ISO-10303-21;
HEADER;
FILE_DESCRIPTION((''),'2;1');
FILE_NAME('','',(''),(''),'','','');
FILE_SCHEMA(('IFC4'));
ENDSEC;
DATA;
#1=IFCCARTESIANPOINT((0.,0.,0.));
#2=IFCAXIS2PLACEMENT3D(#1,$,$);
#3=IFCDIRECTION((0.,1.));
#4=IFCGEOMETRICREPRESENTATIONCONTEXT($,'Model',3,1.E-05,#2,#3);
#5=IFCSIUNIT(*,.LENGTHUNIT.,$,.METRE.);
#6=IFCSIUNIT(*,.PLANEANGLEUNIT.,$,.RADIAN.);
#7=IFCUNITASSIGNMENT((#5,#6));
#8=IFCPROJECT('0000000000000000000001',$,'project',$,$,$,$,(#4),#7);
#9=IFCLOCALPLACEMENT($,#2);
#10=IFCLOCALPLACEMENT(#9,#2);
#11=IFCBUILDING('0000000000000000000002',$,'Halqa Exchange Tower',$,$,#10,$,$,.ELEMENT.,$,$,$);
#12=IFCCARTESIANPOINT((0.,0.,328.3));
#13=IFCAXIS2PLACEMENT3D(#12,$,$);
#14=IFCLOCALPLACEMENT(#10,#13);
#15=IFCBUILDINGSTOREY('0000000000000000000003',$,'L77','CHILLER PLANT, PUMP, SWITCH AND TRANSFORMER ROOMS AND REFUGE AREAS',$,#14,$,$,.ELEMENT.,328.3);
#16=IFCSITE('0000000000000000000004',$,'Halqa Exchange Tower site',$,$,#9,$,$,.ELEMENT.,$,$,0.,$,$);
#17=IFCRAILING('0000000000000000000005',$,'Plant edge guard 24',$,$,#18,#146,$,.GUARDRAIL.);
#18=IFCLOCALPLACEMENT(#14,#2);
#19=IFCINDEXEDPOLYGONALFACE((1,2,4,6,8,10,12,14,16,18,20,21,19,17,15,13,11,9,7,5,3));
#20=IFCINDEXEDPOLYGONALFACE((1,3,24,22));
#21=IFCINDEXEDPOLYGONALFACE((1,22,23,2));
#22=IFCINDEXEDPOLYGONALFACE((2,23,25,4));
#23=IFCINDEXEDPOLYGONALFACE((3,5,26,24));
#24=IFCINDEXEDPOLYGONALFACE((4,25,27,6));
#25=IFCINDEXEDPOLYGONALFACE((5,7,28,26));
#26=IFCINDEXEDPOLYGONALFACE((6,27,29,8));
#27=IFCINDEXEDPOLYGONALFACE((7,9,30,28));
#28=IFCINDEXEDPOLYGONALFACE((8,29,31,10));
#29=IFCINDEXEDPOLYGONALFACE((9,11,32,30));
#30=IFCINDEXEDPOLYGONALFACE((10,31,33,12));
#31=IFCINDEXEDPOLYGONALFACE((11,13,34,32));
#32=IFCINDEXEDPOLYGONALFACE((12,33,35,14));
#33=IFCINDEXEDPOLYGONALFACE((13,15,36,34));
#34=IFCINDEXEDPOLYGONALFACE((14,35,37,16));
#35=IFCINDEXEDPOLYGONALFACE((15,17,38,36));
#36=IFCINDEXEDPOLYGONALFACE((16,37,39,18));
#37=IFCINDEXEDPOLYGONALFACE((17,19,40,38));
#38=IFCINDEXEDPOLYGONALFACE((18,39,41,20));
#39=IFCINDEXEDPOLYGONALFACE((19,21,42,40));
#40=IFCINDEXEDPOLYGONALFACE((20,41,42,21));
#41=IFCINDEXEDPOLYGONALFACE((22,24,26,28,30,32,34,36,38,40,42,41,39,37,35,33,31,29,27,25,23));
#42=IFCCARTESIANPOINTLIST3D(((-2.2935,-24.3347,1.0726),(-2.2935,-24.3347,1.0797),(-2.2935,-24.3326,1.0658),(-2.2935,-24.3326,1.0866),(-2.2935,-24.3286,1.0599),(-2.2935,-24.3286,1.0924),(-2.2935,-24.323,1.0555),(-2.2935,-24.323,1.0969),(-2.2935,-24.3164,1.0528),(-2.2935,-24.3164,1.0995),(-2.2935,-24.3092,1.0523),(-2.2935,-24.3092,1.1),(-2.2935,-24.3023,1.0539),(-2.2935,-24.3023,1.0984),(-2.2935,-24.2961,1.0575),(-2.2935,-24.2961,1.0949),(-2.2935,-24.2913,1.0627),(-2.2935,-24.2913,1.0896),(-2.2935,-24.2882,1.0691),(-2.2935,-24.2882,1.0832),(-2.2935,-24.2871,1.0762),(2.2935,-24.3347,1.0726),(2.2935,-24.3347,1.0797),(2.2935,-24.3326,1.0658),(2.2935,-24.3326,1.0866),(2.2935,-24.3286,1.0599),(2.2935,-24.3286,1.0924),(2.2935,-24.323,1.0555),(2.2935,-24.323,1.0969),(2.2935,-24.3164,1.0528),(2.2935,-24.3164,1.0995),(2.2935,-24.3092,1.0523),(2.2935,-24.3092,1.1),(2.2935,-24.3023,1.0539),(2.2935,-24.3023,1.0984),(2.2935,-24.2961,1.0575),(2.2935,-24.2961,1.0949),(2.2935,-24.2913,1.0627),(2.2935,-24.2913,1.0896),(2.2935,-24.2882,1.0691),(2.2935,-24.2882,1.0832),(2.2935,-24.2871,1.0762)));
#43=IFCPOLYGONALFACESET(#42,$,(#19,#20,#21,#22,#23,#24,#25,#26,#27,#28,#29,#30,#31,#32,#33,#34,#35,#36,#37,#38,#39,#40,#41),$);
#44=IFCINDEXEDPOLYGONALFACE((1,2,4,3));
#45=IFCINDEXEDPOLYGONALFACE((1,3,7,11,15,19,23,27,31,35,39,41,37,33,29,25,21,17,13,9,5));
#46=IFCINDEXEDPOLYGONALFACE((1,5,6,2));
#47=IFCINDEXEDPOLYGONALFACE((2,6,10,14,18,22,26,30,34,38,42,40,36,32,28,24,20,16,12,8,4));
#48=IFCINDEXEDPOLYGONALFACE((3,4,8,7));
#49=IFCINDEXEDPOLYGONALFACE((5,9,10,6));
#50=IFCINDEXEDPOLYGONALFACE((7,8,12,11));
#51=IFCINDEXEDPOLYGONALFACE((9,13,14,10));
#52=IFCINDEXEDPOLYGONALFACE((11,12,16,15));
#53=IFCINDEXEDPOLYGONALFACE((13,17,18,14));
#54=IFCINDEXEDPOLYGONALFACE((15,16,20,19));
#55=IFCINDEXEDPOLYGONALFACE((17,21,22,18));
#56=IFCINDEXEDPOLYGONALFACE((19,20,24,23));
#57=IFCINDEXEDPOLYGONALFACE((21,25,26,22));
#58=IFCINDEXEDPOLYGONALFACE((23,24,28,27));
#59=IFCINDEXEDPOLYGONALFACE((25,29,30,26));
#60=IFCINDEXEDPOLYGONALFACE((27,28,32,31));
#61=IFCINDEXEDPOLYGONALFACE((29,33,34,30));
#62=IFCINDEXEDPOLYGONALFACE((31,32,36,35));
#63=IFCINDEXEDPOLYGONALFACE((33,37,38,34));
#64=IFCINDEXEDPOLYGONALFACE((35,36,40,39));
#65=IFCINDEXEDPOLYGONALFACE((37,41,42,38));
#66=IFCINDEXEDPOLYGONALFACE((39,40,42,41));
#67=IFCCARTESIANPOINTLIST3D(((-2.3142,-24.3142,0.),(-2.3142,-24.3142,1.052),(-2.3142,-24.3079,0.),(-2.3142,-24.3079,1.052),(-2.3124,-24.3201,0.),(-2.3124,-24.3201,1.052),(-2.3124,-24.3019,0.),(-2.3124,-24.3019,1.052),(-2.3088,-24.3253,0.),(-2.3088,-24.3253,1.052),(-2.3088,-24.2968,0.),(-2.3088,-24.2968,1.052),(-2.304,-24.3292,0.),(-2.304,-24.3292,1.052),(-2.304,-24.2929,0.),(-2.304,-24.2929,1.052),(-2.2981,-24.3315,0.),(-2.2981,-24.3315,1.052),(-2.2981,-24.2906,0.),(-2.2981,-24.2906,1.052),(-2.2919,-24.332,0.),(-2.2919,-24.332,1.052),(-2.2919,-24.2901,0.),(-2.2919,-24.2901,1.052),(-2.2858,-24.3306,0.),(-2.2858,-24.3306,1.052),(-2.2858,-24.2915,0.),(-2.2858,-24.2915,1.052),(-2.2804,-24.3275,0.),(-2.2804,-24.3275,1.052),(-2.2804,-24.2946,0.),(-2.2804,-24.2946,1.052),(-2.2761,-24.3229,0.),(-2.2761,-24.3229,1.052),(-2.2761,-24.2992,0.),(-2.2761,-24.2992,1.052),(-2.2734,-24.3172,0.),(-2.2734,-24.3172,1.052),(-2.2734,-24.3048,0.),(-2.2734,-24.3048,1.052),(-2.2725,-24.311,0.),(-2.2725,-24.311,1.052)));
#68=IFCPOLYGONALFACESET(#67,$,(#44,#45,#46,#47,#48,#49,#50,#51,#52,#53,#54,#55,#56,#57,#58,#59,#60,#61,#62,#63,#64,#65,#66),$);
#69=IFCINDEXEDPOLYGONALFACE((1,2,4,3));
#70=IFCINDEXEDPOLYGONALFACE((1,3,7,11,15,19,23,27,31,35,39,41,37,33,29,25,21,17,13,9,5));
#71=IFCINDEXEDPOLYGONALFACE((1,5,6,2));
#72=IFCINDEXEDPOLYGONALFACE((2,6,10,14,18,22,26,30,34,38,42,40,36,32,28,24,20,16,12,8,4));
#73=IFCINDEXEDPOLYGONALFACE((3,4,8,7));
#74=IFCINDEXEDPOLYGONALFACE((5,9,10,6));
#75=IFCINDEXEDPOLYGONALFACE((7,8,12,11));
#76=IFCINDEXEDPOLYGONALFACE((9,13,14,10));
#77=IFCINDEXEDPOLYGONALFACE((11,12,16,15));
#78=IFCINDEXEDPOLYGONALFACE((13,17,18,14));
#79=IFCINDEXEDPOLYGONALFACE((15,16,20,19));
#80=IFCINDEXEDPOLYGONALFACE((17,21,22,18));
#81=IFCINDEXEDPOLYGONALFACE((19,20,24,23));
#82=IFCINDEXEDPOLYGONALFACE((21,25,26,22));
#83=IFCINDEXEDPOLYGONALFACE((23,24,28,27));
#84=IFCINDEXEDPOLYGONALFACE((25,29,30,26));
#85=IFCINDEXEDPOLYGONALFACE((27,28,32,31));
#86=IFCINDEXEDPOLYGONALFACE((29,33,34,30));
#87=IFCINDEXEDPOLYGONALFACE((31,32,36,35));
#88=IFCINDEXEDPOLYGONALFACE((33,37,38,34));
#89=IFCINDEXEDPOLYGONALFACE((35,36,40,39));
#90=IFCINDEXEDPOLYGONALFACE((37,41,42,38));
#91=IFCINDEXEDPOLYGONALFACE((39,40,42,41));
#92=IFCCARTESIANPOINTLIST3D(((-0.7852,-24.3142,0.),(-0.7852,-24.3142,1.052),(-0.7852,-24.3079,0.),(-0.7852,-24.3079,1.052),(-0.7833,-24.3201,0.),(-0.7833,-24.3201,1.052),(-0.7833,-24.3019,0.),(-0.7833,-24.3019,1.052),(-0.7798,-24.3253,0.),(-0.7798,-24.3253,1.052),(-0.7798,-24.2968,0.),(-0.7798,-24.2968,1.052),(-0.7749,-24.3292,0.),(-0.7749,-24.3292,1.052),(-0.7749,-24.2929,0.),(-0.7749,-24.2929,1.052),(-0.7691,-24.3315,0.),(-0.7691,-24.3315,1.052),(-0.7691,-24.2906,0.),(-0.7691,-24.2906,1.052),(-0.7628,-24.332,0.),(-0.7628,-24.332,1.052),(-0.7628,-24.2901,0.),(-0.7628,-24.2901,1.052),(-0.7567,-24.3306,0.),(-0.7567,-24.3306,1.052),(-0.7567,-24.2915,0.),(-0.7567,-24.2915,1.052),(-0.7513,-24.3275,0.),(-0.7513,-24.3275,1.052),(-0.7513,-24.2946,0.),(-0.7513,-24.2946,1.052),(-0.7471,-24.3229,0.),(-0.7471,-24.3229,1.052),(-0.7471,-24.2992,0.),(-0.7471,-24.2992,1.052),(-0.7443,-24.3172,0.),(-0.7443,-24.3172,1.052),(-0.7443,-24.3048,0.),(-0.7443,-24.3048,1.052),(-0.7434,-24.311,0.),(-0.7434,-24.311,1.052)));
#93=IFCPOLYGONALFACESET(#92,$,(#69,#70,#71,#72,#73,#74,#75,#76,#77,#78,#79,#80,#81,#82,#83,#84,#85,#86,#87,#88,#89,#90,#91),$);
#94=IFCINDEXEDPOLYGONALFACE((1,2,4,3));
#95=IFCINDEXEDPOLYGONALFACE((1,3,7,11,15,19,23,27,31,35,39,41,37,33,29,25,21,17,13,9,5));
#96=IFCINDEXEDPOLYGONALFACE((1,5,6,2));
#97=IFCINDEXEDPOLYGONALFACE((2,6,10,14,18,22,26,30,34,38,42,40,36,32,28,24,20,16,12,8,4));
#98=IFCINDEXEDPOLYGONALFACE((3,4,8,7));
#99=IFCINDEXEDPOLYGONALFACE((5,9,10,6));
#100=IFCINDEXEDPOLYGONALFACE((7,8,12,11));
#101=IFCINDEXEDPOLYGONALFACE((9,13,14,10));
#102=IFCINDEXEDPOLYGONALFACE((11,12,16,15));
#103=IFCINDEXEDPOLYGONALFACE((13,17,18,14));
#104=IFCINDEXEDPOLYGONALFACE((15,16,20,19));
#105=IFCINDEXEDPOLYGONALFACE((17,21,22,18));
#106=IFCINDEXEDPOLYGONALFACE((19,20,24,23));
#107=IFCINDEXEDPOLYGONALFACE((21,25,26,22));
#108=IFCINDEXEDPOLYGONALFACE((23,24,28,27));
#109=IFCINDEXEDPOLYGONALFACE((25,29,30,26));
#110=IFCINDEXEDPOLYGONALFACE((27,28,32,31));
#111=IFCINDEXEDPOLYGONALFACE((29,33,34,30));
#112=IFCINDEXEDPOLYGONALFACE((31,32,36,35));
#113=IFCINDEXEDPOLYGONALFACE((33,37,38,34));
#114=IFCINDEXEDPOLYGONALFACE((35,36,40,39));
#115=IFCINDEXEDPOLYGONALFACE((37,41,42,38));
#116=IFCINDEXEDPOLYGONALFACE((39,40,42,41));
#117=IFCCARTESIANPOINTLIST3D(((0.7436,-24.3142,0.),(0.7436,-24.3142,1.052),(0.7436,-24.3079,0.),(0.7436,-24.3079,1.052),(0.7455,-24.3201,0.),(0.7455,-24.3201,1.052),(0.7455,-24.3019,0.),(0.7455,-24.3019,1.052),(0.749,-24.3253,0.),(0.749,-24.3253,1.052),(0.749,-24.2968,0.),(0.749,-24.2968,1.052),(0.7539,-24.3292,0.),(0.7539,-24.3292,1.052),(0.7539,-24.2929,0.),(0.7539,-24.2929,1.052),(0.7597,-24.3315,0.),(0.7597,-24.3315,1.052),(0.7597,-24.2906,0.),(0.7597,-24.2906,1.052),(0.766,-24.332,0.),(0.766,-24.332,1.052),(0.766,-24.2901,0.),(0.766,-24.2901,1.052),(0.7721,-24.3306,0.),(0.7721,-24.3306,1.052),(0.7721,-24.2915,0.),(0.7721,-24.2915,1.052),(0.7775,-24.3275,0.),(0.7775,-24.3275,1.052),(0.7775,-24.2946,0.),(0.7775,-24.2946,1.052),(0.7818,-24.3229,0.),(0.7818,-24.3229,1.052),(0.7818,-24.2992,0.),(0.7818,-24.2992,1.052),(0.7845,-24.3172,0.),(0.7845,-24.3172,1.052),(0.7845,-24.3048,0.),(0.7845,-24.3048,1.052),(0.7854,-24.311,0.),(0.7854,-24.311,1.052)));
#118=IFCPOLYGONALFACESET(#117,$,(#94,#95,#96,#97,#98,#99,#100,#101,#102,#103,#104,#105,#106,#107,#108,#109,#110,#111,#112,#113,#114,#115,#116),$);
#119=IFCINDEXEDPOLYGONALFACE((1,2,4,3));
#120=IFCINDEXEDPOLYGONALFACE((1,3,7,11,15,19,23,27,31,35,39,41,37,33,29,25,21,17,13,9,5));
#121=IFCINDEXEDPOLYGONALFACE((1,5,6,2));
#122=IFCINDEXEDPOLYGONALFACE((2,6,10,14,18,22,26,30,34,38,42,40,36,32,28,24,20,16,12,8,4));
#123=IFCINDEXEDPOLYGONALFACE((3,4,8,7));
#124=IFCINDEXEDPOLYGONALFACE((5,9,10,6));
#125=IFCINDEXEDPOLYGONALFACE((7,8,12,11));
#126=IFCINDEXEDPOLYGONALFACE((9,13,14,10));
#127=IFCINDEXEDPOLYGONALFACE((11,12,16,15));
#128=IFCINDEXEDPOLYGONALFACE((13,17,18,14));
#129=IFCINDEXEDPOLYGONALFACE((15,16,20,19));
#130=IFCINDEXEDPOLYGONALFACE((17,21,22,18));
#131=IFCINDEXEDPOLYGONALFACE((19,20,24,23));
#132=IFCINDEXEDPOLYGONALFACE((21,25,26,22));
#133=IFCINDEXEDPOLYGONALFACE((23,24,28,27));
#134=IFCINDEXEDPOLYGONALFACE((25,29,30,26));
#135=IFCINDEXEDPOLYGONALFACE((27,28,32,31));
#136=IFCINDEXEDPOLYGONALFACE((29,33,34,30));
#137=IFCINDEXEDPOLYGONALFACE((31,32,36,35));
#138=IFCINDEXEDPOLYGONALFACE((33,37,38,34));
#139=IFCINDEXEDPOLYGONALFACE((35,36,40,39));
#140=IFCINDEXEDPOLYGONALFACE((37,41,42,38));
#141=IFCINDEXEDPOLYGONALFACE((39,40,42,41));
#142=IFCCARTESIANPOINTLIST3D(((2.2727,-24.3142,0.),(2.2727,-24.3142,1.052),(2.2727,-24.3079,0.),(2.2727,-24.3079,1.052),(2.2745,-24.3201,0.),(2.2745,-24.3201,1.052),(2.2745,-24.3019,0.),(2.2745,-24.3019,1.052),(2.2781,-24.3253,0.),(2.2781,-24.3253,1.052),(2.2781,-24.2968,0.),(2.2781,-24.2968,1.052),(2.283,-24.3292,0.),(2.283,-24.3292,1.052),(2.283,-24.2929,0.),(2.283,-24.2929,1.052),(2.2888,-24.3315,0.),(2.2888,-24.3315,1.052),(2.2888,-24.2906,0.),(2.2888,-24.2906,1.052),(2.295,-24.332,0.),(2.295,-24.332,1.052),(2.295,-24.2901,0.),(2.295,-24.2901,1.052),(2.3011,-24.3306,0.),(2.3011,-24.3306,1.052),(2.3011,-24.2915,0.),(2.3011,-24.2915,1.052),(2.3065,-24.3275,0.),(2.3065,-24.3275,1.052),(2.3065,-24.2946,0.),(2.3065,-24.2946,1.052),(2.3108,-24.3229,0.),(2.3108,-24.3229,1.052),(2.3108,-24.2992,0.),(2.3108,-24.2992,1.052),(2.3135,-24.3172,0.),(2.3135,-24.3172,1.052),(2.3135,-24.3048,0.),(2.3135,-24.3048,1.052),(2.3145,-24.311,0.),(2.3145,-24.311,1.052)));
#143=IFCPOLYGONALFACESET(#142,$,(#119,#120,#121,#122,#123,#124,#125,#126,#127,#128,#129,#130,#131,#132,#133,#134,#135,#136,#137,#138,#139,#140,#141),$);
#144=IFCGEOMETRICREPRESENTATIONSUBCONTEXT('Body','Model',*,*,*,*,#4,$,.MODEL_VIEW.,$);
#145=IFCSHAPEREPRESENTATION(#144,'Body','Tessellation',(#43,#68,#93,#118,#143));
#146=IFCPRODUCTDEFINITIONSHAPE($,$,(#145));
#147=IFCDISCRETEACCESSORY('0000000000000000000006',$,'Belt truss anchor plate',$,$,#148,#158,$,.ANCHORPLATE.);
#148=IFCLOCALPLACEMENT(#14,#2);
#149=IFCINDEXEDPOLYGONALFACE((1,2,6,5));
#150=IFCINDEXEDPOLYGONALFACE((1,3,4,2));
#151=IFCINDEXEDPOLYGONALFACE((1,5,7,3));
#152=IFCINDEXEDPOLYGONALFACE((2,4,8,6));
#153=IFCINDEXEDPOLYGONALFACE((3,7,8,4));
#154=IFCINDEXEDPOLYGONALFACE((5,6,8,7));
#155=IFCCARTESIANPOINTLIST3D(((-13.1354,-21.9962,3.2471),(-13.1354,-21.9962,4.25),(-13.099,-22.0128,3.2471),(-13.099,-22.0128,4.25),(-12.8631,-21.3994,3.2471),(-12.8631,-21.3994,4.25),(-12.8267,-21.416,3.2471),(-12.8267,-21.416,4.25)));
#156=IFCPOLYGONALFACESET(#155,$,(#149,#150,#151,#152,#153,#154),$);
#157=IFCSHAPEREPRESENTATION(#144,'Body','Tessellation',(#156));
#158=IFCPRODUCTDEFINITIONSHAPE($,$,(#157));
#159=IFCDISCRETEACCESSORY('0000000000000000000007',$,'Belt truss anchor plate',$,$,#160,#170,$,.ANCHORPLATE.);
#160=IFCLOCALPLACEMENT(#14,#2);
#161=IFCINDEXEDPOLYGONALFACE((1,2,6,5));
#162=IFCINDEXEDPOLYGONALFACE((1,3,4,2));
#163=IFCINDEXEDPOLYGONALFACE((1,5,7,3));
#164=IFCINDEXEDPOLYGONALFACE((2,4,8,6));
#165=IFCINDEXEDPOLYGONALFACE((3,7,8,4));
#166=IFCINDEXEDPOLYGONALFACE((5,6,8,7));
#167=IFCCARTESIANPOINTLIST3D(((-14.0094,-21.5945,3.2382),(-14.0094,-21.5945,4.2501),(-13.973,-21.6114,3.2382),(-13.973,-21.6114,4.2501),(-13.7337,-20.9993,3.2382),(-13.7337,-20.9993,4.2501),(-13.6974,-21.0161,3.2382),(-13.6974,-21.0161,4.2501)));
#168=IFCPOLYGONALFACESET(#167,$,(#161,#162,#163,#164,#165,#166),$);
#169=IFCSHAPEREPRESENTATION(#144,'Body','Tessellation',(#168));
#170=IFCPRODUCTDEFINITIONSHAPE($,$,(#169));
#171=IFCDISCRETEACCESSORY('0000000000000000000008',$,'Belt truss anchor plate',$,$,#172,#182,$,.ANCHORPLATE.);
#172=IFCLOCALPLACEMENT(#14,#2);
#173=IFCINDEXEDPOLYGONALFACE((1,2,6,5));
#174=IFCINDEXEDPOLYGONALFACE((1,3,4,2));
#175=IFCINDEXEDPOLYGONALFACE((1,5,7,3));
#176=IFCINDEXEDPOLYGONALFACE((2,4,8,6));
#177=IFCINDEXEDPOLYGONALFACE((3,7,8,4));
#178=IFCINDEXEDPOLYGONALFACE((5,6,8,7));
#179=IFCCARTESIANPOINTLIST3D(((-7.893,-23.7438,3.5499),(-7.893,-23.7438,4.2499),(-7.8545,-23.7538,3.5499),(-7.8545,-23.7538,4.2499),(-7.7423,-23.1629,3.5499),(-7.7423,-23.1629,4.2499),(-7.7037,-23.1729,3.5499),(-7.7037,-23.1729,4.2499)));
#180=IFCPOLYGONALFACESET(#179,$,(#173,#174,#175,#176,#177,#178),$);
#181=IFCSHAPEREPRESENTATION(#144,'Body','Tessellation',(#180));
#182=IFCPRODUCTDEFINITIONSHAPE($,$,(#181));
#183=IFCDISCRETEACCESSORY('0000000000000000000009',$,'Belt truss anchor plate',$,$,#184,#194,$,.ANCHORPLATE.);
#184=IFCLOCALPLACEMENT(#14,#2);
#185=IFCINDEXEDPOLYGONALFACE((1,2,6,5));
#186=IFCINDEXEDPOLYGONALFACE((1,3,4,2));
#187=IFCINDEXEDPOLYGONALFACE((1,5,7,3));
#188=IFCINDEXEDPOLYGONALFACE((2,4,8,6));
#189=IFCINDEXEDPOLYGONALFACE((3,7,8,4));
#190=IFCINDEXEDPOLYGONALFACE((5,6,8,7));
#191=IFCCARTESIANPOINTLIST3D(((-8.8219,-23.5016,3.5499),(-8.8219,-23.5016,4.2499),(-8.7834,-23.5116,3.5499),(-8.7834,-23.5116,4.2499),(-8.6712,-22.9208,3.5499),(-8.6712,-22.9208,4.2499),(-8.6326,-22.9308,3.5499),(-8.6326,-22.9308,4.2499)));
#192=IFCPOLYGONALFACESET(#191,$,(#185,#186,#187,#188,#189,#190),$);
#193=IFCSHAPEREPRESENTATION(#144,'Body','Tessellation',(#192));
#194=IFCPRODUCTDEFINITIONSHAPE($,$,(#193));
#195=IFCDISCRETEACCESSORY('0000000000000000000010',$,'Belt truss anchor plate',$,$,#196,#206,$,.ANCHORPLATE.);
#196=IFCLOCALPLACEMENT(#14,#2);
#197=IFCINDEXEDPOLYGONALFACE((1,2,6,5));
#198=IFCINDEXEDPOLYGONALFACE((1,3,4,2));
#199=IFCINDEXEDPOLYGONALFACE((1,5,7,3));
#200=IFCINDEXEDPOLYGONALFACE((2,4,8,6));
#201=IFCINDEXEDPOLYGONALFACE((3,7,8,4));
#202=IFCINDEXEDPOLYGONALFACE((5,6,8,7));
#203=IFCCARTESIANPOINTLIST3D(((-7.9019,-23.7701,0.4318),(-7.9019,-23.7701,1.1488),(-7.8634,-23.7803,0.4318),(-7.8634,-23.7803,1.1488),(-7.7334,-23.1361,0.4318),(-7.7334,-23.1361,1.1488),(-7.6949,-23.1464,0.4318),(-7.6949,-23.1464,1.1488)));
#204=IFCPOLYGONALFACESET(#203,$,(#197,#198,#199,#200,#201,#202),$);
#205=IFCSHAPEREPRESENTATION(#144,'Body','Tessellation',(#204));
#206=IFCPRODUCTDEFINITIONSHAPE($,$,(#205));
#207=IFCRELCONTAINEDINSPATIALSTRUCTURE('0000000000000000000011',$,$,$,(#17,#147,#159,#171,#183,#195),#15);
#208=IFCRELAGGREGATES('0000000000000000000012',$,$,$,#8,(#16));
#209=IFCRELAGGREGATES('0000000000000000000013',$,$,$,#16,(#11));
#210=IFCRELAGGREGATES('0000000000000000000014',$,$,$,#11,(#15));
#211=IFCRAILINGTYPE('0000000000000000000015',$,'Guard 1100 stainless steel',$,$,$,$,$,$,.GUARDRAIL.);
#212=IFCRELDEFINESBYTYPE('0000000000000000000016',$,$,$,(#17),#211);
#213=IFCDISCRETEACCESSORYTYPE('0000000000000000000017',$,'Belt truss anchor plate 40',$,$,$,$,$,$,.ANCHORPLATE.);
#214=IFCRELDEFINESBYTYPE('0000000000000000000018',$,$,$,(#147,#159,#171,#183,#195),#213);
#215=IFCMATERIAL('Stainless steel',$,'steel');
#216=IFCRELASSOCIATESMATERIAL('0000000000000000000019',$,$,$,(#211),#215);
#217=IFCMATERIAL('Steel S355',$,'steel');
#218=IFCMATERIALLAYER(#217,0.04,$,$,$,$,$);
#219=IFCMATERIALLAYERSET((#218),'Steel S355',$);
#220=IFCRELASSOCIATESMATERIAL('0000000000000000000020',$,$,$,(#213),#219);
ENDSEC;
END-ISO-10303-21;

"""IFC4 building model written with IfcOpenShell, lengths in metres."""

from ifc_helpers import new_model, si_unit, direction, frame, origin, origin_2d, place, context, subcontext, project, spatial, rectangle, circle, extrude, material, layer, layer_set, type_object, element, save


model = new_model("IFC4")

# Units and contexts
model_context = context("Model", 3, precision=1e-05, world=origin(), true_north=direction((0.0, 1.0)))
body_context = subcontext(model_context, "Body", "Model", "MODEL_VIEW")
ifc_project = project(units=[si_unit("LENGTHUNIT", "METRE"), si_unit("PLANEANGLEUNIT", "RADIAN")], contexts=[model_context])

# Site, building, storey
site_placement = place(None, origin())
site = spatial("IfcSite", under=ifc_project, at=site_placement, Name="Halqa Exchange Tower site", CompositionType="ELEMENT", RefElevation=0.0)
building_placement = place(site_placement, origin())
building = spatial("IfcBuilding", under=site, at=building_placement, Name="Halqa Exchange Tower", CompositionType="ELEMENT")
storey_placement = place(building_placement, frame((0.0, 0.0, 328.3)))
storey = spatial("IfcBuildingStorey", under=building, at=storey_placement, Name="L77", Description="CHILLER PLANT, PUMP, SWITCH AND TRANSFORMER ROOMS AND REFUGE AREAS", CompositionType="ELEMENT", Elevation=328.3)

# Shared definitions
ifc_material_1 = material(Name="Steel S355", Category="steel")

# Railing
ifc_material_2 = material(Name="Stainless steel", Category="steel")
railing_type = type_object("IfcRailingType", Name="Guard 1100 stainless steel", PredefinedType="GUARDRAIL", material=ifc_material_2)
railing_1_placement = place(storey_placement, frame((-2.2935, -24.311, 0.0)))
element("IfcRailing", 1, at=railing_1_placement, inside=storey, type_object=railing_type, Name="Plant edge guard 24", PredefinedType="GUARDRAIL", context=body_context, shape_type="SweptSolid", body=[
    extrude(circle(Radius=0.0239, at=origin_2d()), frame((0.0, 0.0, 1.0762), z_axis=(1.0, 0.0, 0.0), x_axis=(0.0, 1.0, 0.0)), (0.0, 0.0, 1.0), 4.5869),
    extrude(circle(Radius=0.021, at=origin_2d()), origin(), (0.0, 0.0, 1.0), 1.052),
    extrude(circle(Radius=0.021, at=origin_2d()), frame((1.5291, 0.0, 0.0)), (0.0, 0.0, 1.0), 1.052),
    extrude(circle(Radius=0.021, at=origin_2d()), frame((3.0579, 0.0, 0.0)), (0.0, 0.0, 1.0), 1.052),
    extrude(circle(Radius=0.021, at=origin_2d()), frame((4.5869, 0.0, 0.0)), (0.0, 0.0, 1.0), 1.052),
])

# Discrete accessories
ifc_layer_1 = layer(ifc_material_1, 0.04)
ifc_layer_set_1 = layer_set([ifc_layer_1], Name="Steel S355")
discrete_accessory_type = type_object("IfcDiscreteAccessoryType", Name="Belt truss anchor plate 40", PredefinedType="ANCHORPLATE", material=ifc_layer_set_1)
discrete_accessory_1_placement = place(storey_placement, frame((-12.9993, -21.6978, 3.7485), z_axis=(0.909738, -0.415183, 0.0), x_axis=(0.415183, 0.909738, 0.0)))
element("IfcDiscreteAccessory", 2, at=discrete_accessory_1_placement, inside=storey, type_object=discrete_accessory_type, Name="Belt truss anchor plate", PredefinedType="ANCHORPLATE", context=body_context, shape_type="SweptSolid", body=[
    extrude(rectangle(XDim=0.656, YDim=1.0029, at=origin_2d()), origin(), (0.0, 0.0, 1.0), 0.04),
])
discrete_accessory_2_placement = place(storey_placement, frame((-13.8352, -21.3137, 3.7441), z_axis=(-0.907424, 0.420216, 0.0), x_axis=(-0.420216, -0.907424, 0.0)))
element("IfcDiscreteAccessory", 3, at=discrete_accessory_2_placement, inside=storey, type_object=discrete_accessory_type, Name="Belt truss anchor plate", PredefinedType="ANCHORPLATE", context=body_context, shape_type="SweptSolid", body=[
    extrude(rectangle(XDim=0.656, YDim=1.012, at=origin_2d()), origin(), (0.0, 0.0, 1.0), 0.04),
])
for number, where, z_axis, x_axis, name in (
    (4, (-7.8176, -23.4534, 3.8999), (0.967942, -0.251175, 0.0), (0.251175, 0.967942, 0.0), "Belt truss anchor plate"),
    (5, (-8.708, -23.2212, 3.8999), (-0.967942, 0.251175, 0.0), (-0.251175, -0.967942, 0.0), "Belt truss anchor plate"),
):
    element("IfcDiscreteAccessory", number, at=place(storey_placement, frame(where, z_axis=z_axis, x_axis=x_axis)), inside=storey, type_object=discrete_accessory_type, Name=name, PredefinedType="ANCHORPLATE", context=body_context, shape_type="SweptSolid", body=[
        extrude(rectangle(XDim=0.6001, YDim=0.7, at=origin_2d()), origin(), (0.0, 0.0, 1.0), 0.0398),
    ])
discrete_accessory_3_placement = place(storey_placement, frame((-7.8176, -23.4531, 0.7903), z_axis=(0.966438, -0.256901, 0.0), x_axis=(0.256901, 0.966438, 0.0)))
element("IfcDiscreteAccessory", 6, at=discrete_accessory_3_placement, inside=storey, type_object=discrete_accessory_type, Name="Belt truss anchor plate", PredefinedType="ANCHORPLATE", context=body_context, shape_type="SweptSolid", body=[
    extrude(rectangle(XDim=0.656, YDim=0.717, at=origin_2d()), origin(), (0.0, 0.0, 1.0), 0.0398),
])

save(model, "model.ifc")
